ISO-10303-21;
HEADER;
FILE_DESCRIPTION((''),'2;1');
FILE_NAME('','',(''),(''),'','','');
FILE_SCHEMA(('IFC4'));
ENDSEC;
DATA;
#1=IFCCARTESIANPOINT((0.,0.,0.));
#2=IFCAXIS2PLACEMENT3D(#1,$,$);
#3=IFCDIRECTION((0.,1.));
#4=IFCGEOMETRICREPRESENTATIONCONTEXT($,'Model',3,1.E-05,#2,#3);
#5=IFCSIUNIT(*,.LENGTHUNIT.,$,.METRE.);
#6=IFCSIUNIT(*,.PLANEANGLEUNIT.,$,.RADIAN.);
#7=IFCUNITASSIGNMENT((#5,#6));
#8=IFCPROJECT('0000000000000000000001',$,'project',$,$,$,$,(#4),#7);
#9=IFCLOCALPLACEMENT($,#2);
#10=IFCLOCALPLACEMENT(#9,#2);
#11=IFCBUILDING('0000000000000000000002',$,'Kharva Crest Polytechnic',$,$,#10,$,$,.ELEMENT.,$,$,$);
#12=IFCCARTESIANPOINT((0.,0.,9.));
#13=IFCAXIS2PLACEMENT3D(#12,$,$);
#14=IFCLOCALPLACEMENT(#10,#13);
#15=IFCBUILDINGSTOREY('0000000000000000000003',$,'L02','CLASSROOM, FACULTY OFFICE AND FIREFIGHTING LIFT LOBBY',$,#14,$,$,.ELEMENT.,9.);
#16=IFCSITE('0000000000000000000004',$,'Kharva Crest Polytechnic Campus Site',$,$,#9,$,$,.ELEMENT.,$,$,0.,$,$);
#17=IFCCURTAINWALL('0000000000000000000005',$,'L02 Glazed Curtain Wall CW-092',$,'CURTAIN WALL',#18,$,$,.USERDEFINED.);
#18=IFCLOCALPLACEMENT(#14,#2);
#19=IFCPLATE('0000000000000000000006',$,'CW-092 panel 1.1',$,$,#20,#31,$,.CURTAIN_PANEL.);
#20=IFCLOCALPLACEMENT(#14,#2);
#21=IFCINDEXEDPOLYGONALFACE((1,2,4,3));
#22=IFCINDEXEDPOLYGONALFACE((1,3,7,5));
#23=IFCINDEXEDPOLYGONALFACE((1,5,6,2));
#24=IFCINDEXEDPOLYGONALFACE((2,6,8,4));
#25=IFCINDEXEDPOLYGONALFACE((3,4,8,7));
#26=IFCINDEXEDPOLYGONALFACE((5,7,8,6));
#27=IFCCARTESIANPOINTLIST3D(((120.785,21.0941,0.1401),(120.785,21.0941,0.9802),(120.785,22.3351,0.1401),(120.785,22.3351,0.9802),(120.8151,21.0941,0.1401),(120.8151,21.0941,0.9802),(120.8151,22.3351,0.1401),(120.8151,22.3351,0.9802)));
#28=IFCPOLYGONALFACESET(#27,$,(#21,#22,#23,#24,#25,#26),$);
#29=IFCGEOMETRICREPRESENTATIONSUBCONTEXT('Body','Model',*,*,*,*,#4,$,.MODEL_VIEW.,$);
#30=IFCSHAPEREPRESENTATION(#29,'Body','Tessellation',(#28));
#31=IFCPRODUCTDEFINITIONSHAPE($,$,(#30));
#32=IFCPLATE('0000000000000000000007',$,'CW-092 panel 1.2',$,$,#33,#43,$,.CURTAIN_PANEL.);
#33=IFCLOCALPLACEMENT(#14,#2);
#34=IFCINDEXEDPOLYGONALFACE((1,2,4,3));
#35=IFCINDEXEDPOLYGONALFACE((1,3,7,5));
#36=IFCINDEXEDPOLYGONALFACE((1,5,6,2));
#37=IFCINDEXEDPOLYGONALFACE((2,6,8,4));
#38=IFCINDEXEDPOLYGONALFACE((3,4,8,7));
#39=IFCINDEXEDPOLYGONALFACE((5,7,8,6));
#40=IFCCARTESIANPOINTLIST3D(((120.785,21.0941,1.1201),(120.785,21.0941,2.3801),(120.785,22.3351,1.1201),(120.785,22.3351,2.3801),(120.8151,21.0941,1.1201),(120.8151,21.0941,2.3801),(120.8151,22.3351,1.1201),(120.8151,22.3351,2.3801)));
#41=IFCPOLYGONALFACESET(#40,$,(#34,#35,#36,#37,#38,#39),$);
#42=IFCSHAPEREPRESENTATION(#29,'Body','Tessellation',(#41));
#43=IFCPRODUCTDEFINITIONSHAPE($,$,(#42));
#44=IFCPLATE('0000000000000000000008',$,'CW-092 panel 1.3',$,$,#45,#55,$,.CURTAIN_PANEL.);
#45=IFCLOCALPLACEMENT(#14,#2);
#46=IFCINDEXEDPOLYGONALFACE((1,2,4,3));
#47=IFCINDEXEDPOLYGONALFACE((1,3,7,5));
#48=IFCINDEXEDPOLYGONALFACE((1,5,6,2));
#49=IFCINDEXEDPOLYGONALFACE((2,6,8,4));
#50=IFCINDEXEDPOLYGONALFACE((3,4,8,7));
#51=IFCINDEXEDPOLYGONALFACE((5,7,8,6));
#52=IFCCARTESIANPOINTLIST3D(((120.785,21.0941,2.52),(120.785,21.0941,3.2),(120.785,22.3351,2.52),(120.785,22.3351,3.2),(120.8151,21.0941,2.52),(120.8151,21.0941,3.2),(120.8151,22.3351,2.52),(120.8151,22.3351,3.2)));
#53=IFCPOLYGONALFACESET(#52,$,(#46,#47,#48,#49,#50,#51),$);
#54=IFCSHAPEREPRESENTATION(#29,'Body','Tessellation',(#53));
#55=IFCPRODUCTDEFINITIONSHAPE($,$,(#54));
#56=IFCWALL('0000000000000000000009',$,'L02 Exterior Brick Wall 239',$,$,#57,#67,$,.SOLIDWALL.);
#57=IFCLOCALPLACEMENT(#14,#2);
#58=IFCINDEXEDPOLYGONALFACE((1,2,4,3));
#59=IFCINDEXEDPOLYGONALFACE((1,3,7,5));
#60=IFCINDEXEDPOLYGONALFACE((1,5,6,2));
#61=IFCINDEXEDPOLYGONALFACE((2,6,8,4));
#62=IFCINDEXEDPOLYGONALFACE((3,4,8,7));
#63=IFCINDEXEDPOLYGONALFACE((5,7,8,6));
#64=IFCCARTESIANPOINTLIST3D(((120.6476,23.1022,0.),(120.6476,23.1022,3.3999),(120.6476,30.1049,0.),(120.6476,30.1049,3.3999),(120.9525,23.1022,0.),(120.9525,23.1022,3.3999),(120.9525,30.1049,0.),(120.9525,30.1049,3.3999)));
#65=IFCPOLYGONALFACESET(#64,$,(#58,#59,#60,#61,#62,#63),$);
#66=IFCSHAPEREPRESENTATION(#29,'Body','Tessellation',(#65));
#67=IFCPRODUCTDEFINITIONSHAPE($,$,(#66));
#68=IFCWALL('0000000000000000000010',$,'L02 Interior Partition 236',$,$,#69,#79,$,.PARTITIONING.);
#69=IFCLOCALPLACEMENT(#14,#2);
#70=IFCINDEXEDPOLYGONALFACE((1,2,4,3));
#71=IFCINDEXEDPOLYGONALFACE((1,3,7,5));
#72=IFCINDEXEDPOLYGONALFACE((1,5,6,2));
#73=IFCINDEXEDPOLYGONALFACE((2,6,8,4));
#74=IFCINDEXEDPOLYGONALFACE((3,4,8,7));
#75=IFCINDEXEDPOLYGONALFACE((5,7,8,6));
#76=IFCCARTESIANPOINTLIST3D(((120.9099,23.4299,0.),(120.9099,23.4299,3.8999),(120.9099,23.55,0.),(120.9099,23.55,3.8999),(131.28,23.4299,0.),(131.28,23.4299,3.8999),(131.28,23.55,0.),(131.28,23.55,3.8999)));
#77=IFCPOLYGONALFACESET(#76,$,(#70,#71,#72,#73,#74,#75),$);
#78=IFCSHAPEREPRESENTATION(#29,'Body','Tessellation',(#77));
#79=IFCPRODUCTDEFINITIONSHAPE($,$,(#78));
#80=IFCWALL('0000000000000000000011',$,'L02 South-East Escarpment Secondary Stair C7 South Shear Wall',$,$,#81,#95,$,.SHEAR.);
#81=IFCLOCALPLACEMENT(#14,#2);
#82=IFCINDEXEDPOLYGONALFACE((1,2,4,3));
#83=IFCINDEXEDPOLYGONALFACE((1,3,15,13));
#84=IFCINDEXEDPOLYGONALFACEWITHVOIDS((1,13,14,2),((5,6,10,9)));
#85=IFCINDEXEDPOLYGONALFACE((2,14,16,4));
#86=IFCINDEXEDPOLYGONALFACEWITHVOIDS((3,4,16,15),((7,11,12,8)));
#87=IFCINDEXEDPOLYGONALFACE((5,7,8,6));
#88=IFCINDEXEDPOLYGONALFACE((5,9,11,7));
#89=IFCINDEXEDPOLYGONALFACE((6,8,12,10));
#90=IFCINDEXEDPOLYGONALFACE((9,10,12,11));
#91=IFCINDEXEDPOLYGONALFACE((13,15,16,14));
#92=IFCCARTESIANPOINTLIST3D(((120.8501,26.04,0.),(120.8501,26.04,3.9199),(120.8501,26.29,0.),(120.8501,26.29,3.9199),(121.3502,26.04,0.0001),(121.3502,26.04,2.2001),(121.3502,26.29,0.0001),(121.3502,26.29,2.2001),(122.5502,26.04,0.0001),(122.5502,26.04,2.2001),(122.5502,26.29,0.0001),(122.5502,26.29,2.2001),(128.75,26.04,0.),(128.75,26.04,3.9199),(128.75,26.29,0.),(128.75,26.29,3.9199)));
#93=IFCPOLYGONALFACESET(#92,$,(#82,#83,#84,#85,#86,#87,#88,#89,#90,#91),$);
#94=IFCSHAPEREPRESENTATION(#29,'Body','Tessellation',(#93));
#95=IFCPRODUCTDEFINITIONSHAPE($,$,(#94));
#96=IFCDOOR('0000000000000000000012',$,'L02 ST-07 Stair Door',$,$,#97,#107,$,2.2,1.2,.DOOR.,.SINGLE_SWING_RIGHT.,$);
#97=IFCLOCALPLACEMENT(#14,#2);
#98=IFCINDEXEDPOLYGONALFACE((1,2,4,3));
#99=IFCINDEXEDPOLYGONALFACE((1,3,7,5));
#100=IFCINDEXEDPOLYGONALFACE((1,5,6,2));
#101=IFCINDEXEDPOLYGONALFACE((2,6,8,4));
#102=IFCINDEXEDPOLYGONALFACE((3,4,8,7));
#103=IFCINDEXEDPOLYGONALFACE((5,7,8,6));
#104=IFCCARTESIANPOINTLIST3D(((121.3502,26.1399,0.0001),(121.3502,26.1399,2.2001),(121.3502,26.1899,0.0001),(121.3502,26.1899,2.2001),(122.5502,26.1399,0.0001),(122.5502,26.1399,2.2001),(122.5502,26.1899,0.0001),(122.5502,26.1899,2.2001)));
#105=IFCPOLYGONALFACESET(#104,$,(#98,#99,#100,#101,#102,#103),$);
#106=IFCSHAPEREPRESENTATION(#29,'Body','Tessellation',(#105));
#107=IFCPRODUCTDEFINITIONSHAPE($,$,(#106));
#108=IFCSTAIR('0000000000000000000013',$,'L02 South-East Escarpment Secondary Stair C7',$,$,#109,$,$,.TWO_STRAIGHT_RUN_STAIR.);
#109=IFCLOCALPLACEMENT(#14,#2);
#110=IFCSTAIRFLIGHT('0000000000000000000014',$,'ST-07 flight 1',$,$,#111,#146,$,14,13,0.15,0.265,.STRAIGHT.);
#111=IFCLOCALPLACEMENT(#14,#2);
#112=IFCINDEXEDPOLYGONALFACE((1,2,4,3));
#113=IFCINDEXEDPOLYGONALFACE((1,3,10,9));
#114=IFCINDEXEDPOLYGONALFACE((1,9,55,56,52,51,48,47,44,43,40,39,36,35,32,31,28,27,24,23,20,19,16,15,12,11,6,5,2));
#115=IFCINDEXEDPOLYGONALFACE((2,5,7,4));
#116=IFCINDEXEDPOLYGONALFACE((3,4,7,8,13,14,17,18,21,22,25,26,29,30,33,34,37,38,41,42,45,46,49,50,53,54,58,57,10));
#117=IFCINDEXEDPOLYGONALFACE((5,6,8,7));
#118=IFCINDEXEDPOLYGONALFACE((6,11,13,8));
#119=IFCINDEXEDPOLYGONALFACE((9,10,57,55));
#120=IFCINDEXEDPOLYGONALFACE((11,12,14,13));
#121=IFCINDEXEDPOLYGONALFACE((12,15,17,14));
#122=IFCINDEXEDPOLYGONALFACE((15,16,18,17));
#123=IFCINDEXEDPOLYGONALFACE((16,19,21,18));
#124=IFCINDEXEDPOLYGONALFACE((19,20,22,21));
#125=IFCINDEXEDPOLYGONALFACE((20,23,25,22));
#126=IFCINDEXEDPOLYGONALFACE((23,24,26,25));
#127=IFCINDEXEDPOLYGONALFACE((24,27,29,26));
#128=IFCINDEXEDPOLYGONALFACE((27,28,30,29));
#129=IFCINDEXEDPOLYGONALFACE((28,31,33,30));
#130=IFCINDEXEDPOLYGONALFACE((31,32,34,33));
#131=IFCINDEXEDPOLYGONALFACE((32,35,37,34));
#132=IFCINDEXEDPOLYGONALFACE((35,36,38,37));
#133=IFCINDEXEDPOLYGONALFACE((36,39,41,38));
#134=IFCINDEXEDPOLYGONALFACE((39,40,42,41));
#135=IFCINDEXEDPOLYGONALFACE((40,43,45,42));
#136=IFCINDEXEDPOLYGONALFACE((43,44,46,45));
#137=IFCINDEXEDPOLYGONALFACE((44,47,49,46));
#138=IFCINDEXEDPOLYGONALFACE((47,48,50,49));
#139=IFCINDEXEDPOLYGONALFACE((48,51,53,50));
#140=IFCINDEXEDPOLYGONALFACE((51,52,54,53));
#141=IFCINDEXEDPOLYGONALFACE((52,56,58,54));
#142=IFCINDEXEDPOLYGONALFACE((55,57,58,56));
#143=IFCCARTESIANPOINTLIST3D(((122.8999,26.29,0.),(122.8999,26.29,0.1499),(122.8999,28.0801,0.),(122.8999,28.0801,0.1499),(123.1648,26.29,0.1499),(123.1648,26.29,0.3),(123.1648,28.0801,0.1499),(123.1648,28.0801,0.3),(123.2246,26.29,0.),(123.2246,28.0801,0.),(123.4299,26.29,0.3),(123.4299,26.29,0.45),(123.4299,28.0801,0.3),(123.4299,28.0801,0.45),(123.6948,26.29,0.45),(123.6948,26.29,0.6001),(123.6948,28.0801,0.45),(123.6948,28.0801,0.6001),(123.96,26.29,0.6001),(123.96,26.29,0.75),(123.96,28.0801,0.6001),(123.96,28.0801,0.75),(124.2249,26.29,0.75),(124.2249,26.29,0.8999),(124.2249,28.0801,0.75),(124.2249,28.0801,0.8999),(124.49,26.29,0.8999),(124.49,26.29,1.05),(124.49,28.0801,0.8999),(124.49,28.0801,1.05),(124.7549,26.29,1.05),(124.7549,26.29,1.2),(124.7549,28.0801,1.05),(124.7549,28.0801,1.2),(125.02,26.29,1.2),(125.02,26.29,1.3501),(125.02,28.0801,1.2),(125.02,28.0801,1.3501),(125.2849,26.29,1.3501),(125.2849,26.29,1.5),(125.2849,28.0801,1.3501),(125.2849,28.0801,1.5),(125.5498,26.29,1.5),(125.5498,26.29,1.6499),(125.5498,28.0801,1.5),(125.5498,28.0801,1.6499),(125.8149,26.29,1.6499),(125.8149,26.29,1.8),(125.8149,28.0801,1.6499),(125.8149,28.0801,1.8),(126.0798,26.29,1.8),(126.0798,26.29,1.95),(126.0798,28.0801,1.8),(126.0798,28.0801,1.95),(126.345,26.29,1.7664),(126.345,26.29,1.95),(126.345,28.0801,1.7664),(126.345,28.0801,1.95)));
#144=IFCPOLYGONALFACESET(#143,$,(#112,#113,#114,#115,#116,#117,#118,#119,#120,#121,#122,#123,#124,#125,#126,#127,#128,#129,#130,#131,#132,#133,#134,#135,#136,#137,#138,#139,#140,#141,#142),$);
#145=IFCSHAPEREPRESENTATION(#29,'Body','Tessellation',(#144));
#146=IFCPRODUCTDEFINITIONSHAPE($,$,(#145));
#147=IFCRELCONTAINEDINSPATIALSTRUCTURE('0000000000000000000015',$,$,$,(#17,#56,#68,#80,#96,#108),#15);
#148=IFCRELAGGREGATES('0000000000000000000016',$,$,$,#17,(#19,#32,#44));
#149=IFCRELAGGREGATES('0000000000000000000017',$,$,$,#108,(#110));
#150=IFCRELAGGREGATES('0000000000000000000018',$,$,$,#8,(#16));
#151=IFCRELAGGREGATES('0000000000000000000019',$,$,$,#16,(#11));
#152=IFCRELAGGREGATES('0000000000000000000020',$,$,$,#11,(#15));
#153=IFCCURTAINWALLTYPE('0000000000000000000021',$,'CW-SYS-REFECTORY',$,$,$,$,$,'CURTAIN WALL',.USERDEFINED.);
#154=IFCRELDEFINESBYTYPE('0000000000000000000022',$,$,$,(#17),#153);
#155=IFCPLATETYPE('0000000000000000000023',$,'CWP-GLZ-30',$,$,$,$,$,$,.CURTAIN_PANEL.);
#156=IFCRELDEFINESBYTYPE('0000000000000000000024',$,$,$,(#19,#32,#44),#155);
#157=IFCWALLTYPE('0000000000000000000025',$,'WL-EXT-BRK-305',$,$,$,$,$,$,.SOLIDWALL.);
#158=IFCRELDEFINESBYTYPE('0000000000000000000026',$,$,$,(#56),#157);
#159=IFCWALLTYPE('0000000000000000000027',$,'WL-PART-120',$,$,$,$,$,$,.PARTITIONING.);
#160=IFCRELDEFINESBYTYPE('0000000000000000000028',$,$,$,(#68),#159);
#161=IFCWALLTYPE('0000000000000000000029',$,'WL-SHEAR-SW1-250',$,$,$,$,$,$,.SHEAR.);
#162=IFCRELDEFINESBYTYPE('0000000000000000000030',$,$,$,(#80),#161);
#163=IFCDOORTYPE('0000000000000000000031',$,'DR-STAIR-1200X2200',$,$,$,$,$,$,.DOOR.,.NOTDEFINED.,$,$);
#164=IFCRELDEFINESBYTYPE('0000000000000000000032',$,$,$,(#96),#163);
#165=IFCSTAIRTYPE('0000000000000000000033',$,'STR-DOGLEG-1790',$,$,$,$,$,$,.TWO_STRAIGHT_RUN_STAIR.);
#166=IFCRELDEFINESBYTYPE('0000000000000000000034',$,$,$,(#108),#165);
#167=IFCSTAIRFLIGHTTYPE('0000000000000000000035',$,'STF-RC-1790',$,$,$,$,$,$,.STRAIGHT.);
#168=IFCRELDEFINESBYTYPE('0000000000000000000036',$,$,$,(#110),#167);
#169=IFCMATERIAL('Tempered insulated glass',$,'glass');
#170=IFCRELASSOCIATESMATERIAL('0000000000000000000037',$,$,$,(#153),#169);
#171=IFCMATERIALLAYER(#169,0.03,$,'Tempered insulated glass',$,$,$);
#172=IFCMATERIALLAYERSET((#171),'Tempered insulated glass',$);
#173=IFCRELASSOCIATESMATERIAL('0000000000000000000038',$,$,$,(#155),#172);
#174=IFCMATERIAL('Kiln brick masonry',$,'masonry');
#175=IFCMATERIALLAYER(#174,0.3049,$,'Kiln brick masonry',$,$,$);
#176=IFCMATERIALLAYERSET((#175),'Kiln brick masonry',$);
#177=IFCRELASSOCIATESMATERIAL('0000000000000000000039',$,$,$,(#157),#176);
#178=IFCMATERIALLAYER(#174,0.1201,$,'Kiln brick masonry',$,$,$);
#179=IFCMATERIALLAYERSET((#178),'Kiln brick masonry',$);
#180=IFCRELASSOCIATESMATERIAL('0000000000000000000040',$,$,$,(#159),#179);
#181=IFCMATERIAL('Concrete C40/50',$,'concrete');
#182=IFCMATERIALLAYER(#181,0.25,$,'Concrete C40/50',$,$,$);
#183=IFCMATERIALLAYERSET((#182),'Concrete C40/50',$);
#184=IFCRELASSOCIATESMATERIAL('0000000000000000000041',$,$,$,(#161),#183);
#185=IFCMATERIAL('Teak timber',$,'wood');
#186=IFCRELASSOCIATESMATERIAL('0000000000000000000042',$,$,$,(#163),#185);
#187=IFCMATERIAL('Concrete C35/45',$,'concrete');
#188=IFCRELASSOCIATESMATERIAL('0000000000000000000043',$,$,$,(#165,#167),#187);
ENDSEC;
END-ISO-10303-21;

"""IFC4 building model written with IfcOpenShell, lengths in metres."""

from ifc_helpers import new_model, si_unit, direction, frame, frame_2d, origin, origin_2d, place, context, subcontext, project, spatial, polyline, rectangle, outline, extrude, material, layer, layer_set, type_object, element, fill, aggregate, save


model = new_model("IFC4")

# Units and contexts
model_context = context("Model", 3, precision=1e-05, world=origin(), true_north=direction((0.0, 1.0)))
body_context = subcontext(model_context, "Body", "Model", "MODEL_VIEW")
ifc_project = project(units=[si_unit("LENGTHUNIT", "METRE"), si_unit("PLANEANGLEUNIT", "RADIAN")], contexts=[model_context])

# Site, building, storey
site_placement = place(None, origin())
site = spatial("IfcSite", under=ifc_project, at=site_placement, Name="Kharva Crest Polytechnic Campus Site", CompositionType="ELEMENT", RefElevation=0.0)
building_placement = place(site_placement, origin())
building = spatial("IfcBuilding", under=site, at=building_placement, Name="Kharva Crest Polytechnic", CompositionType="ELEMENT")
storey_placement = place(building_placement, frame((0.0, 0.0, 9.0)))
storey = spatial("IfcBuildingStorey", under=building, at=storey_placement, Name="L02", Description="CLASSROOM, FACULTY OFFICE AND FIREFIGHTING LIFT LOBBY", CompositionType="ELEMENT", Elevation=9.0)

# Shared definitions
ifc_material_1 = material(Name="Concrete C40/50", Category="concrete")

# Shared definitions
ifc_material_2 = material(Name="Concrete C35/45", Category="concrete")

# Curtain wall
ifc_material_3 = material(Name="Tempered insulated glass", Category="glass")
curtain_wall_type = type_object("IfcCurtainWallType", Name="CW-SYS-REFECTORY", ElementType="CURTAIN WALL", PredefinedType="USERDEFINED", material=ifc_material_3)
curtain_wall_placement = place(storey_placement, origin())
curtain_wall = element("IfcCurtainWall", 1, at=curtain_wall_placement, inside=storey, type_object=curtain_wall_type, Name="L02 Glazed Curtain Wall CW-092", ObjectType="CURTAIN WALL", PredefinedType="USERDEFINED")

# Plates
ifc_layer_1 = layer(ifc_material_3, 0.03, Name="Tempered insulated glass")
ifc_layer_set_1 = layer_set([ifc_layer_1], Name="Tempered insulated glass")
plate_type = type_object("IfcPlateType", Name="CWP-GLZ-30", PredefinedType="CURTAIN_PANEL", material=ifc_layer_set_1)
plate_1_placement = place(storey_placement, frame((120.8, 21.7146, 0.1401), z_axis=(0.0, 0.0, 1.0), x_axis=(0.0, -1.0, 0.0)))
plate_1 = element("IfcPlate", 2, at=plate_1_placement, type_object=plate_type, Name="CW-092 panel 1.1", PredefinedType="CURTAIN_PANEL", context=body_context, shape_type="SweptSolid", body=[
    extrude(rectangle(XDim=1.241, YDim=0.03, at=origin_2d()), origin(), (0.0, 0.0, 1.0), 0.8401),
])
plate_2_placement = place(storey_placement, frame((120.8, 21.7146, 1.1201), z_axis=(0.0, 0.0, 1.0), x_axis=(0.0, -1.0, 0.0)))
plate_2 = element("IfcPlate", 3, at=plate_2_placement, type_object=plate_type, Name="CW-092 panel 1.2", PredefinedType="CURTAIN_PANEL", context=body_context, shape_type="SweptSolid", body=[
    extrude(rectangle(XDim=1.241, YDim=0.03, at=origin_2d()), origin(), (0.0, 0.0, 1.0), 1.26),
])
plate_3_placement = place(storey_placement, frame((120.8, 21.7146, 2.52), z_axis=(0.0, 0.0, 1.0), x_axis=(0.0, -1.0, 0.0)))
plate_3 = element("IfcPlate", 4, at=plate_3_placement, type_object=plate_type, Name="CW-092 panel 1.3", PredefinedType="CURTAIN_PANEL", context=body_context, shape_type="SweptSolid", body=[
    extrude(rectangle(XDim=1.241, YDim=0.03, at=origin_2d()), origin(), (0.0, 0.0, 1.0), 0.6799),
])
aggregate(curtain_wall, [plate_1, plate_2, plate_3])

# Walls
ifc_material_4 = material(Name="Kiln brick masonry", Category="masonry")
ifc_layer_2 = layer(ifc_material_4, 0.3049, Name="Kiln brick masonry")
ifc_layer_set_2 = layer_set([ifc_layer_2], Name="Kiln brick masonry")
wall_type_1 = type_object("IfcWallType", Name="WL-EXT-BRK-305", PredefinedType="SOLIDWALL", material=ifc_layer_set_2)
wall_1_placement = place(storey_placement, frame((120.8, 30.105, 0.0), z_axis=(0.0, 0.0, 1.0), x_axis=(0.0, -1.0, 0.0)))
element("IfcWall", 5, at=wall_1_placement, inside=storey, type_object=wall_type_1, Name="L02 Exterior Brick Wall 239", PredefinedType="SOLIDWALL", context=body_context, shape_type="SweptSolid", body=[
    extrude(rectangle(XDim=7.0027, YDim=0.3049, at=frame_2d((3.5015, 0.0))), origin(), (0.0, 0.0, 1.0), 3.3999),
])
ifc_layer_3 = layer(ifc_material_4, 0.1201, Name="Kiln brick masonry")
ifc_layer_set_3 = layer_set([ifc_layer_3], Name="Kiln brick masonry")
wall_type_2 = type_object("IfcWallType", Name="WL-PART-120", PredefinedType="PARTITIONING", material=ifc_layer_set_3)
wall_2_placement = place(storey_placement, frame((120.9099, 23.49, 0.0), z_axis=(0.0, 0.0, 1.0), x_axis=(1.0, 0.0, 0.0)))
element("IfcWall", 6, at=wall_2_placement, inside=storey, type_object=wall_type_2, Name="L02 Interior Partition 236", PredefinedType="PARTITIONING", context=body_context, shape_type="SweptSolid", body=[
    extrude(rectangle(XDim=10.3701, YDim=0.1201, at=frame_2d((5.1851, 0.0))), origin(), (0.0, 0.0, 1.0), 3.8999),
])

# Wall, opening, door
ifc_layer_4 = layer(ifc_material_1, 0.25, Name="Concrete C40/50")
ifc_layer_set_4 = layer_set([ifc_layer_4], Name="Concrete C40/50")
wall_type_3 = type_object("IfcWallType", Name="WL-SHEAR-SW1-250", PredefinedType="SHEAR", material=ifc_layer_set_4)
wall_3_placement = place(storey_placement, frame((120.8501, 26.165, 0.0), z_axis=(0.0, 0.0, 1.0), x_axis=(1.0, 0.0, 0.0)))
wall_3 = element("IfcWall", 7, at=wall_3_placement, inside=storey, type_object=wall_type_3, Name="L02 South-East Escarpment Secondary Stair C7 South Shear Wall", PredefinedType="SHEAR", context=body_context, shape_type="SweptSolid", body=[
    extrude(rectangle(XDim=7.8999, YDim=0.25, at=frame_2d((3.95, 0.0))), origin(), (0.0, 0.0, 1.0), 3.9199),
])
opening_placement = place(wall_3_placement, frame((0.5, 0.0, 0.0)))
opening = element("IfcOpeningElement", 8, at=opening_placement, cuts=wall_3, PredefinedType="OPENING", context=body_context, shape_type="SweptSolid", body=[
    extrude(rectangle(XDim=1.2, YDim=2.2, at=frame_2d((0.6001, 1.1001))), frame((0.0, 0.135, 0.0), z_axis=(0.0, -1.0, 0.0), x_axis=(1.0, 0.0, 0.0)), (0.0, 0.0, 1.0), 0.27),
])
ifc_material_5 = material(Name="Teak timber", Category="wood")
door_type = type_object("IfcDoorType", Name="DR-STAIR-1200X2200", OperationType="NOTDEFINED", PredefinedType="DOOR", material=ifc_material_5)
door_placement = place(opening_placement, origin())
door = element("IfcDoor", 9, at=door_placement, inside=storey, type_object=door_type, Name="L02 ST-07 Stair Door", OperationType="SINGLE_SWING_RIGHT", OverallHeight=2.2, OverallWidth=1.2, PredefinedType="DOOR", context=body_context, shape_type="SweptSolid", body=[
    extrude(rectangle(XDim=1.2, YDim=2.2, at=frame_2d((0.6001, 1.1001))), frame((0.0, 0.0249, 0.0), z_axis=(0.0, -1.0, 0.0), x_axis=(1.0, 0.0, 0.0)), (0.0, 0.0, 1.0), 0.05),
])
fill(opening, door)

# Stair, stair flight
stair_type = type_object("IfcStairType", Name="STR-DOGLEG-1790", PredefinedType="TWO_STRAIGHT_RUN_STAIR", material=ifc_material_2)
stair_placement = place(storey_placement, origin())
stair = element("IfcStair", 10, at=stair_placement, inside=storey, type_object=stair_type, Name="L02 South-East Escarpment Secondary Stair C7", PredefinedType="TWO_STRAIGHT_RUN_STAIR")
stair_flight_type = type_object("IfcStairFlightType", Name="STF-RC-1790", PredefinedType="STRAIGHT", material=ifc_material_2)
stair_flight_placement = place(storey_placement, frame((122.8999, 27.1851, 0.0), z_axis=(0.0, 0.0, 1.0), x_axis=(1.0, 0.0, 0.0)))
stair_flight = element("IfcStairFlight", 11, at=stair_flight_placement, type_object=stair_flight_type, Name="ST-07 flight 1", NumberOfRisers=14, NumberOfTreads=13, PredefinedType="STRAIGHT", RiserHeight=0.15, TreadLength=0.265, context=body_context, shape_type="SweptSolid", body=[
    extrude(outline(polyline([(0.0, 0.0), (0.0, 0.1499), (0.2649, 0.1499), (0.2649, 0.3), (0.53, 0.3), (0.53, 0.45), (0.7949, 0.45), (0.7949, 0.6001), (1.0601, 0.6001), (1.0601, 0.75), (1.325, 0.75), (1.325, 0.8999), (1.5901, 0.8999), (1.5901, 1.05), (1.855, 1.05), (1.855, 1.2), (2.1201, 1.2), (2.1201, 1.3501), (2.385, 1.3501), (2.385, 1.5), (2.6499, 1.5), (2.6499, 1.6499), (2.915, 1.6499), (2.915, 1.8), (3.1799, 1.8), (3.1799, 1.95), (3.4451, 1.95), (3.4451, 2.1001), (3.4451, 1.7664), (0.3247, 0.0), (0.0, 0.0)])), frame((0.0, 0.895, 0.0), z_axis=(0.0, -1.0, 0.0), x_axis=(1.0, 0.0, 0.0)), (0.0, 0.0, 1.0), 1.79),
])
aggregate(stair, [stair_flight])

save(model, "model.ifc")
